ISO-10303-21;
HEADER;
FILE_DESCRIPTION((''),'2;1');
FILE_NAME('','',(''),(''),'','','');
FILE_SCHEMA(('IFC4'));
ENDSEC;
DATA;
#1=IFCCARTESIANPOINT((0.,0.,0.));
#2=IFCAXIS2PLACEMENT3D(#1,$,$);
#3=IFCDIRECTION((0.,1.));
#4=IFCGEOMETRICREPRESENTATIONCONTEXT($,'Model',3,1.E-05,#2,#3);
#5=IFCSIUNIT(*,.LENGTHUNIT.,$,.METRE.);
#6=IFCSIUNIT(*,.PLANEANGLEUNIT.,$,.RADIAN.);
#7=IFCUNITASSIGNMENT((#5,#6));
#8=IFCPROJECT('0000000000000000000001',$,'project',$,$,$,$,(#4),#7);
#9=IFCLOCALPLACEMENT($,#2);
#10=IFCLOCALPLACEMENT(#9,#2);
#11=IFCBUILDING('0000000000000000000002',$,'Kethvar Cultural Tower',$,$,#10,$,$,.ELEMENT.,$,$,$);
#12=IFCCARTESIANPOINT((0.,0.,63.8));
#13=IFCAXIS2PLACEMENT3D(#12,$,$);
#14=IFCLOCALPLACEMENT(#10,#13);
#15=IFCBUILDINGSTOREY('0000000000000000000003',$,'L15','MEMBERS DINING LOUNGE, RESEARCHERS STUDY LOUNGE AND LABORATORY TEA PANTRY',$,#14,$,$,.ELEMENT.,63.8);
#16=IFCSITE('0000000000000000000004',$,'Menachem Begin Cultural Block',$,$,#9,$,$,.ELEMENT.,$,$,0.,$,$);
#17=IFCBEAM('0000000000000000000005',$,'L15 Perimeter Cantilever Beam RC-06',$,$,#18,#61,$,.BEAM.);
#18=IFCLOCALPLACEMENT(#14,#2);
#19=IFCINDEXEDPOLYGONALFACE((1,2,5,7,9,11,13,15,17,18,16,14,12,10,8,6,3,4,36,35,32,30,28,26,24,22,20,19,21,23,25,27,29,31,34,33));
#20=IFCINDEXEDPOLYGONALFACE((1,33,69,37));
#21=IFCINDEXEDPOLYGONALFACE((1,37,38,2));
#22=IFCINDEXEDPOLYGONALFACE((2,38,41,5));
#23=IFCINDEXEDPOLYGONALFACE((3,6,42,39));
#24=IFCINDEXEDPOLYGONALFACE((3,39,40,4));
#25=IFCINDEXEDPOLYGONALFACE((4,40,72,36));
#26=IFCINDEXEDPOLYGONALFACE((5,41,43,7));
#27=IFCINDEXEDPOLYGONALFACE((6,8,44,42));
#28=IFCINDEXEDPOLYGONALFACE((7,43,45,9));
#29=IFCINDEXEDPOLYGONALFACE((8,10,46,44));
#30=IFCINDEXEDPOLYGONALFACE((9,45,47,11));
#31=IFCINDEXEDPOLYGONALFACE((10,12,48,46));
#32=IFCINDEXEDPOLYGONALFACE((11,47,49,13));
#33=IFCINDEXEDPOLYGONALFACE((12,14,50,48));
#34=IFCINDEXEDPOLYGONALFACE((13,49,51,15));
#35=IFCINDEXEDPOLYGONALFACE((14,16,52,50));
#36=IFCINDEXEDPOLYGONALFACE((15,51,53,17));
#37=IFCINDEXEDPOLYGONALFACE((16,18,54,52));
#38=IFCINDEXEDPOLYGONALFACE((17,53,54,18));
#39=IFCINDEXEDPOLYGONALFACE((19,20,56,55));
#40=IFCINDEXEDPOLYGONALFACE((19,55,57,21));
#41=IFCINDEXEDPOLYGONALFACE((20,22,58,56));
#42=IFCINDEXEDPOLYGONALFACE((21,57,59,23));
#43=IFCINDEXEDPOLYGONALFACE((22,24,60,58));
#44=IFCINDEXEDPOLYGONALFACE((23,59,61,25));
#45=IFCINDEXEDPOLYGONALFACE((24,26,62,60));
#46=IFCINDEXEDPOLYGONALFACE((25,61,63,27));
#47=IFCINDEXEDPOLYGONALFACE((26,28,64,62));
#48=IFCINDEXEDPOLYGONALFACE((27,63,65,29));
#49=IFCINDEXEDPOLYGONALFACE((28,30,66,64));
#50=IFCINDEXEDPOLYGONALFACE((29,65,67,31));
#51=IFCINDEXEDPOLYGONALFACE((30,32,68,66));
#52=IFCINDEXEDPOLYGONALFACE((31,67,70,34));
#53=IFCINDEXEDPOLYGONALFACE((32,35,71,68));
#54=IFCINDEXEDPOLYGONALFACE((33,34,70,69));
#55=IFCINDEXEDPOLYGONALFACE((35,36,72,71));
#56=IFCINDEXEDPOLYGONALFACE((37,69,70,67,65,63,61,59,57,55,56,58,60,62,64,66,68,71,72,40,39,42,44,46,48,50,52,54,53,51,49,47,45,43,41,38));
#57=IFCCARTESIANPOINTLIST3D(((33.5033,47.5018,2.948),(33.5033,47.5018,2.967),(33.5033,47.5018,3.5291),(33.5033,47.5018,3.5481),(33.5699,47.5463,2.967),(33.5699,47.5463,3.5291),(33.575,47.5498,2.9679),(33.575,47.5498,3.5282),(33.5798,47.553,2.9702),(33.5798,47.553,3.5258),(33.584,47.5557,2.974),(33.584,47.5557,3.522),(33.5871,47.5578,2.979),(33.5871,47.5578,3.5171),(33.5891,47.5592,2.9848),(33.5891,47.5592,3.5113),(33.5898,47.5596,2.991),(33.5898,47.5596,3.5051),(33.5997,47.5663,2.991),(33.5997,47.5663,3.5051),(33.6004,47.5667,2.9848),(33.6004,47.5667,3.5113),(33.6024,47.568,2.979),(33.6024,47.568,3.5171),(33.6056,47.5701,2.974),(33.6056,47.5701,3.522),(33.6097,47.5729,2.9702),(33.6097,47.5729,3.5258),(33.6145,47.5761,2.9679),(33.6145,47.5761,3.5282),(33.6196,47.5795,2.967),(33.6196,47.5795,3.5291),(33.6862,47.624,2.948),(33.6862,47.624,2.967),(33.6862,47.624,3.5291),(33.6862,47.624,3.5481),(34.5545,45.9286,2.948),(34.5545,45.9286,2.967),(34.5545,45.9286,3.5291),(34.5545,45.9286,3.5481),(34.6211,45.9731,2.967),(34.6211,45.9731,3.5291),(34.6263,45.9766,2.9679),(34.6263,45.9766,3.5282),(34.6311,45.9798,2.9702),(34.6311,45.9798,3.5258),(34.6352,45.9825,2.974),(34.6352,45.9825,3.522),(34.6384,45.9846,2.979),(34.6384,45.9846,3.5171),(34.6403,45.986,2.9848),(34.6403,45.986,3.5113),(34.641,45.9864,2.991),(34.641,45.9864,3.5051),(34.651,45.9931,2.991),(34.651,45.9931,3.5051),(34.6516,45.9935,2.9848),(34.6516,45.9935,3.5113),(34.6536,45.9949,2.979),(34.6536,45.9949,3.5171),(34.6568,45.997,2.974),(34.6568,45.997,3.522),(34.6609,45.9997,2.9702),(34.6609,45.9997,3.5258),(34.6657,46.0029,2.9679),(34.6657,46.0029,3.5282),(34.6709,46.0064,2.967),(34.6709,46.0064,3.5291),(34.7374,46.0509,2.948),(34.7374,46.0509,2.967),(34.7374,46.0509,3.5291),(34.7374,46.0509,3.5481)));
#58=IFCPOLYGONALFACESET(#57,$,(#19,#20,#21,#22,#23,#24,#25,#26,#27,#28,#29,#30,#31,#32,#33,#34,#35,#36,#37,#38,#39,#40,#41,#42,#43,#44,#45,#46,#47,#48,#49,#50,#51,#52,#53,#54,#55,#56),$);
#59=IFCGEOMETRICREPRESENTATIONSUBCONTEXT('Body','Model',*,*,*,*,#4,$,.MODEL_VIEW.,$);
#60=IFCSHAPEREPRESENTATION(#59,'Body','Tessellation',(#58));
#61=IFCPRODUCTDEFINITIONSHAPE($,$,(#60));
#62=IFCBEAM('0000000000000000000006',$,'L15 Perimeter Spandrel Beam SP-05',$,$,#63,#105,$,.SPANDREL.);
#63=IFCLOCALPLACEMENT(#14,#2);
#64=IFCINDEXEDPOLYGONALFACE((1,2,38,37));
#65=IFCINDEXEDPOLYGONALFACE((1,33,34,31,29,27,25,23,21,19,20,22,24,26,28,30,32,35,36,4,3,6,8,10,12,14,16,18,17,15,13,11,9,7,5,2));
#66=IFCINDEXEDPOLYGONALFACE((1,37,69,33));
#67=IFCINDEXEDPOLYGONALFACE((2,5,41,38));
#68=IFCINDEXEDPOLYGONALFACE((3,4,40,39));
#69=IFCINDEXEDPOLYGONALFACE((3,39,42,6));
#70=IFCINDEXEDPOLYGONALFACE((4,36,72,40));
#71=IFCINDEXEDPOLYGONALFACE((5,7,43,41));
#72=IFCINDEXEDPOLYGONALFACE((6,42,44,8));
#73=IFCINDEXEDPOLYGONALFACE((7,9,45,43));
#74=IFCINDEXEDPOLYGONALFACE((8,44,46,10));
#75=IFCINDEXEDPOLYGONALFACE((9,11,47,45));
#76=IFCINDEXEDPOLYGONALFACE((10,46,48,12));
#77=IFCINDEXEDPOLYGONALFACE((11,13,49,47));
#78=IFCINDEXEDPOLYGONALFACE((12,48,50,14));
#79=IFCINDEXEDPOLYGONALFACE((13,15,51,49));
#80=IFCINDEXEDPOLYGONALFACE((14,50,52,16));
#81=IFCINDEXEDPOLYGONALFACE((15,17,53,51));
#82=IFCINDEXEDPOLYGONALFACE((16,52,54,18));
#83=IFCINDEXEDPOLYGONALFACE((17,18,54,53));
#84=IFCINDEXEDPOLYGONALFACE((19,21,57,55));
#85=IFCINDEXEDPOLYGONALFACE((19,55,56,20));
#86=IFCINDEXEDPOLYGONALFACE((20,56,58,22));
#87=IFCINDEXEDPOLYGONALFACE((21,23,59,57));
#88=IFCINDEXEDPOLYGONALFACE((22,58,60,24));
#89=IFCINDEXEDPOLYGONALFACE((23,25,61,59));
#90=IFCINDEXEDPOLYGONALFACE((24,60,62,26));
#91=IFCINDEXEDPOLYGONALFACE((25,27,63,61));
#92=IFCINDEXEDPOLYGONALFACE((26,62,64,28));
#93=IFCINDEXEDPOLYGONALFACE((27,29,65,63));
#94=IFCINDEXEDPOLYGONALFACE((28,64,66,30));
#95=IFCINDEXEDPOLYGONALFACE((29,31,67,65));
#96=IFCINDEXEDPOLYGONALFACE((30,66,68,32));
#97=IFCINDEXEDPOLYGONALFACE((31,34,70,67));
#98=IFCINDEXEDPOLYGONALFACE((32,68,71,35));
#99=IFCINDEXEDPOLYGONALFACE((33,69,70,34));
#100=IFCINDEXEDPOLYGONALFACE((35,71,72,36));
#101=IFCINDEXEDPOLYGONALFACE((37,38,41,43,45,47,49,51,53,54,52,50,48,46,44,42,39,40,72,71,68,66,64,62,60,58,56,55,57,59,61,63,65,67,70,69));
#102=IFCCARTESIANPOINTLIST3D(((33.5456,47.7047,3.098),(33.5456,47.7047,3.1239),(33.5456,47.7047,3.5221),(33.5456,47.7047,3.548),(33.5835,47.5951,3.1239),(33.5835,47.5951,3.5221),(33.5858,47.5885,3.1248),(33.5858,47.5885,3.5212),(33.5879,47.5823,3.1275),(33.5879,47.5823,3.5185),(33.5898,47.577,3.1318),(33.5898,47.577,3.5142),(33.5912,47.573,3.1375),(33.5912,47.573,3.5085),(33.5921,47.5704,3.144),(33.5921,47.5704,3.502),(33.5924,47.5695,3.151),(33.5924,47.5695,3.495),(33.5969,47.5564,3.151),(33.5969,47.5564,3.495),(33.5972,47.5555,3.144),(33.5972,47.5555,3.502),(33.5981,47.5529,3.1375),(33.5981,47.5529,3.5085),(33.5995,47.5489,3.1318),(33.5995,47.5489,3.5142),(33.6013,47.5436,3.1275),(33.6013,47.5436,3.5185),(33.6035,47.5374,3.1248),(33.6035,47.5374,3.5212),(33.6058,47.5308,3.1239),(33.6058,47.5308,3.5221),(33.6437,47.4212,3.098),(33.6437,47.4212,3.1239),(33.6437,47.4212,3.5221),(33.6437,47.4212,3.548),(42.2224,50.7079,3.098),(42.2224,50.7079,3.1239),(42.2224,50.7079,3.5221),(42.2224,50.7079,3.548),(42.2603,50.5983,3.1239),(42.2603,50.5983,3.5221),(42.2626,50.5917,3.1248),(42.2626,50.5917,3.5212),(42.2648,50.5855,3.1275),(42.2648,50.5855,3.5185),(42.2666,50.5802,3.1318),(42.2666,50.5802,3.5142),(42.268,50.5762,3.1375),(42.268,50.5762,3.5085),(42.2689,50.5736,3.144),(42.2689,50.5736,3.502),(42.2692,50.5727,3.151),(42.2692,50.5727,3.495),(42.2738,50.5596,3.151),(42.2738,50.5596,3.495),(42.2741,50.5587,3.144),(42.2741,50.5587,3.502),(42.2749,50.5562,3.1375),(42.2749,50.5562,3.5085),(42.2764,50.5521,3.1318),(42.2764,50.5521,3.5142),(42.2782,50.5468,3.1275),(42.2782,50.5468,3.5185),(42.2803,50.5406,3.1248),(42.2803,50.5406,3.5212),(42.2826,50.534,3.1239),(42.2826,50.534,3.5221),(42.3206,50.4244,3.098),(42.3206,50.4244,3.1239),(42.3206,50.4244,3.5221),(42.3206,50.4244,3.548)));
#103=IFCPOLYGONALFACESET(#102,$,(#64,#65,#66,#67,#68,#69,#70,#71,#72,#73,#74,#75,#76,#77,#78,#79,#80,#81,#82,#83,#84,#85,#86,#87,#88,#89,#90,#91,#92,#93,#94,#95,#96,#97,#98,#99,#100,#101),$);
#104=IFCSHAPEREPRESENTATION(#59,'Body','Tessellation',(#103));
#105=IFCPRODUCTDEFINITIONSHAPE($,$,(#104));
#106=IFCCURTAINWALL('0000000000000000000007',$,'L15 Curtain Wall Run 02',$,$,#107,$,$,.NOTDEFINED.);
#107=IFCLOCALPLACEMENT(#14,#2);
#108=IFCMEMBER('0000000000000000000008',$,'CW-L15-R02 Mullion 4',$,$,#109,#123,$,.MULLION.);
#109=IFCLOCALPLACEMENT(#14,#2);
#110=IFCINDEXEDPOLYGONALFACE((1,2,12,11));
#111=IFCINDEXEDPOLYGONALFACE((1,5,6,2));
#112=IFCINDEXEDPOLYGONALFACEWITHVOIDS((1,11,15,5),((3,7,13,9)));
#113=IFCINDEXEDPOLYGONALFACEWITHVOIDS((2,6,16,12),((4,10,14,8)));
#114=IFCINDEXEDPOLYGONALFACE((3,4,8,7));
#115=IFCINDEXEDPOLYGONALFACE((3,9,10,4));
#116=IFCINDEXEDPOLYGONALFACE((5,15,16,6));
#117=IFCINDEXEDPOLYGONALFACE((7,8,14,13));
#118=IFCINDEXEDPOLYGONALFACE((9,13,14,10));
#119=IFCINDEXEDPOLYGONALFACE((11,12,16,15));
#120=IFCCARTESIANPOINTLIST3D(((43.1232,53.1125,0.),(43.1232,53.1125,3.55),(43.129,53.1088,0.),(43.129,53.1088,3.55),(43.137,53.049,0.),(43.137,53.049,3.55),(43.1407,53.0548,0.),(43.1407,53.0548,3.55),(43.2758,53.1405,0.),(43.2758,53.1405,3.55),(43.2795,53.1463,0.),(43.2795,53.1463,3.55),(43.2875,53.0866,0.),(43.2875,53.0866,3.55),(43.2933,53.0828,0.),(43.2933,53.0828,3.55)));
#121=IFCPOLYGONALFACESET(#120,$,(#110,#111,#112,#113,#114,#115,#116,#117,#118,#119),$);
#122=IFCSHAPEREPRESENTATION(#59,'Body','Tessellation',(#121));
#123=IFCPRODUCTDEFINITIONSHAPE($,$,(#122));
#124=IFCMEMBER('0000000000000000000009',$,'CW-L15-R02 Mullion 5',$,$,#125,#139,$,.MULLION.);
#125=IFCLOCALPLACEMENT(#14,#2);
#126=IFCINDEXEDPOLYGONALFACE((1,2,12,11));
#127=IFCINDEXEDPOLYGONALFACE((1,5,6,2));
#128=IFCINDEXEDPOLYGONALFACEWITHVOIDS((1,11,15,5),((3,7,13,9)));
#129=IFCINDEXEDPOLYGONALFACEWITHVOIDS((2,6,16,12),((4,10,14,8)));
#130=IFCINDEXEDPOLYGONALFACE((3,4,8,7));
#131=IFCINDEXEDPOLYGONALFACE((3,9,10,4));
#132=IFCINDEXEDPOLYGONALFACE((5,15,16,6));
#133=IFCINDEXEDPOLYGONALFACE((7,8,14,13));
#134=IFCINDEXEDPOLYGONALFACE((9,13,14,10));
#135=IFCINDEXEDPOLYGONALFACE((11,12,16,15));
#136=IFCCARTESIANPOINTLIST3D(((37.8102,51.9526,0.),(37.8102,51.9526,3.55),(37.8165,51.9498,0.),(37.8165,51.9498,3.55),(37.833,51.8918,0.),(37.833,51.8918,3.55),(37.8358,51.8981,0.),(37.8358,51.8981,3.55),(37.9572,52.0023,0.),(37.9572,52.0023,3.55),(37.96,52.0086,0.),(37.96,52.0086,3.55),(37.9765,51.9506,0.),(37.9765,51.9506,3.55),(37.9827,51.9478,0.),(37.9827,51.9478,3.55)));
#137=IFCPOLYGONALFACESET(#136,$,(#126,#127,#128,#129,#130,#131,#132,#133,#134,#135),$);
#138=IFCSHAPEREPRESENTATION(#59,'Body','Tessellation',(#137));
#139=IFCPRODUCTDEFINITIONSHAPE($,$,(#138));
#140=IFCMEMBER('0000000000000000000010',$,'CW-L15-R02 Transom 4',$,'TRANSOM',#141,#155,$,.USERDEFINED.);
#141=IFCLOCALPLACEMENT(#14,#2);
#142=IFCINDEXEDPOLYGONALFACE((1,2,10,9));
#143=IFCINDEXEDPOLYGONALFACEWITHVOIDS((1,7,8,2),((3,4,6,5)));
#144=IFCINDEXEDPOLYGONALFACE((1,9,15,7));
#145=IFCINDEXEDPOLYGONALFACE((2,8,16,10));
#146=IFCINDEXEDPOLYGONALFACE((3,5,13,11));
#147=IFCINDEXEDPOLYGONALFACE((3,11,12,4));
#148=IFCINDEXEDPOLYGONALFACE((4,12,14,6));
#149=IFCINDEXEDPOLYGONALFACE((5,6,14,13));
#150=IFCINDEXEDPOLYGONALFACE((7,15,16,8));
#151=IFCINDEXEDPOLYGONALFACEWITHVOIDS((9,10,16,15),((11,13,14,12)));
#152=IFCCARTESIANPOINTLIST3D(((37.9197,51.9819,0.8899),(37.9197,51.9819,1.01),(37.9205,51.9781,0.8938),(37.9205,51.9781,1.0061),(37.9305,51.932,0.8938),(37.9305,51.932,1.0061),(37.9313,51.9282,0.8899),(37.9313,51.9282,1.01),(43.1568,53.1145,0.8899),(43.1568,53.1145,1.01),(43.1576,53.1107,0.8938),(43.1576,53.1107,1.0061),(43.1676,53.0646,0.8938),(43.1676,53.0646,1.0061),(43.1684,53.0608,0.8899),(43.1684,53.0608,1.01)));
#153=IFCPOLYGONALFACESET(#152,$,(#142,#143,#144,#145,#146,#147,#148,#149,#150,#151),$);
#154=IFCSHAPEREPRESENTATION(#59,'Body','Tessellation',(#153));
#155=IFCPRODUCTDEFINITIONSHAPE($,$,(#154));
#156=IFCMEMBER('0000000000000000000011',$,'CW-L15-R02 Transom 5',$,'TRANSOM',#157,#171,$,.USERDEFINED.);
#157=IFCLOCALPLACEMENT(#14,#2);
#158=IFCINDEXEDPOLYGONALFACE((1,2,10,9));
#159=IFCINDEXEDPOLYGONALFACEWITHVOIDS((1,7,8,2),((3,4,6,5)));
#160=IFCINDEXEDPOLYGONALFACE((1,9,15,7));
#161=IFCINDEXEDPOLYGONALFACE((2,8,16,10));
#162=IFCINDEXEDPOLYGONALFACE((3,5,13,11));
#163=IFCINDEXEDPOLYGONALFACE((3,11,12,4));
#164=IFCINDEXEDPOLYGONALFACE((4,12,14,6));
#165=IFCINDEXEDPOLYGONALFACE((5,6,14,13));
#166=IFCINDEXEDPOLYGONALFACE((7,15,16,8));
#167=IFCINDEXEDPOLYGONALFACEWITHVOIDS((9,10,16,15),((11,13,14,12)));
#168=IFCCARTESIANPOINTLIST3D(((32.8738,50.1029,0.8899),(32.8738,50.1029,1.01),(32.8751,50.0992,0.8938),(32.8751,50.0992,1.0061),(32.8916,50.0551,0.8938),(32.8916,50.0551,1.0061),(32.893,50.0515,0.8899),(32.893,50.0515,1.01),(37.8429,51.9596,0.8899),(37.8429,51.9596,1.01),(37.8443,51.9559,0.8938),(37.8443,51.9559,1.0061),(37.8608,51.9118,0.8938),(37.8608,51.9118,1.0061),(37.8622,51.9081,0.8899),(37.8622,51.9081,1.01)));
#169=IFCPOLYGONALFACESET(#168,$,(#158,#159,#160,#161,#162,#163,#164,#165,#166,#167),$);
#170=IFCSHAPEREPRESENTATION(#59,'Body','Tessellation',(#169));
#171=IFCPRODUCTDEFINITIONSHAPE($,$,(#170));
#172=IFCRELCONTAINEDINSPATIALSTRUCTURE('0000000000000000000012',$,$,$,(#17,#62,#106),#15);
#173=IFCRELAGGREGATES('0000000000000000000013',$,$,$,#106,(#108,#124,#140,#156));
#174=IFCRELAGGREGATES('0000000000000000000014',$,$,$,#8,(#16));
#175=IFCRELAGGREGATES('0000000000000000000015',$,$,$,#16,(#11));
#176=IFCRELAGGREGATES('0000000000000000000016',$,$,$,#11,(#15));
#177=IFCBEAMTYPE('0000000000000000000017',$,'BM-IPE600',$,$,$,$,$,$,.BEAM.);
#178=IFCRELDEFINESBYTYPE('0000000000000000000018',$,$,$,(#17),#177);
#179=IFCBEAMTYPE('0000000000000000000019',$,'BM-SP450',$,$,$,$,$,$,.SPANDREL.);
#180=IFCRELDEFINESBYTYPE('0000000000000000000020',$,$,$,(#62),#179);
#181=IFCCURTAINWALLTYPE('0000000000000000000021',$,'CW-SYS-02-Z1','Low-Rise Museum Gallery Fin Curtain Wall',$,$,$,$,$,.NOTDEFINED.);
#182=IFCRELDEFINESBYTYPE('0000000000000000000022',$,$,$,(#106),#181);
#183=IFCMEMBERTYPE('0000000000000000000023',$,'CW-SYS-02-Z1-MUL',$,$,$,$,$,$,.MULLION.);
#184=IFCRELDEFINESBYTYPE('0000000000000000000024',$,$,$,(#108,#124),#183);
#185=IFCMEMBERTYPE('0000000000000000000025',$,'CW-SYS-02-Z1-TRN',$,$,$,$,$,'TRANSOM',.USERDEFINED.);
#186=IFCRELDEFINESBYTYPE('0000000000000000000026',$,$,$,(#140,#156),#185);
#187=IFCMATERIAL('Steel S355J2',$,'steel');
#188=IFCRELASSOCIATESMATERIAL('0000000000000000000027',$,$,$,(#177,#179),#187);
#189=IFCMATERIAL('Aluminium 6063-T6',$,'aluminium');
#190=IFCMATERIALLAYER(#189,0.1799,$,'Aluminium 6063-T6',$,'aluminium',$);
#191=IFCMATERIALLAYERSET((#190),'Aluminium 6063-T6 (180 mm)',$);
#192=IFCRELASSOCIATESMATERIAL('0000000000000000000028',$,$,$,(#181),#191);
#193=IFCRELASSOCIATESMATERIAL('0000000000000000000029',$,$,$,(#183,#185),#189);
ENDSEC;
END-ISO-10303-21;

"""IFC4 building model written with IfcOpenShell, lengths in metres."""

from ifc_helpers import new_model, si_unit, direction, frame, origin, origin_2d, place, context, subcontext, project, spatial, hollow_rectangle, i_section, extrude, source, transform, mapped, material, layer, layer_set, material_profile, profile_set, type_object, element, aggregate, save


model = new_model("IFC4")

# Units and contexts
model_context = context("Model", 3, precision=1e-05, world=origin(), true_north=direction((0.0, 1.0)))
body_context = subcontext(model_context, "Body", "Model", "MODEL_VIEW")
ifc_project = project(units=[si_unit("LENGTHUNIT", "METRE"), si_unit("PLANEANGLEUNIT", "RADIAN")], contexts=[model_context])

# Site, building, storey
site_placement = place(None, origin())
site = spatial("IfcSite", under=ifc_project, at=site_placement, Name="Menachem Begin Cultural Block", CompositionType="ELEMENT", RefElevation=0.0)
building_placement = place(site_placement, origin())
building = spatial("IfcBuilding", under=site, at=building_placement, Name="Kethvar Cultural Tower", CompositionType="ELEMENT")
storey_placement = place(building_placement, frame((0.0, 0.0, 63.8)))
storey = spatial("IfcBuildingStorey", under=building, at=storey_placement, Name="L15", Description="MEMBERS DINING LOUNGE, RESEARCHERS STUDY LOUNGE AND LABORATORY TEA PANTRY", CompositionType="ELEMENT", Elevation=63.8)

# Beams
ifc_material_1 = material(Name="Steel S355J2", Category="steel")
ifc_material_profile_1 = material_profile(ifc_material_1, i_section(OverallWidth=0.22, OverallDepth=0.6001, WebThickness=0.012, FlangeThickness=0.019, FilletRadius=0.0239, at=origin_2d()), Name="Steel S355J2 — IPE600")
ifc_profile_set_1 = profile_set([ifc_material_profile_1], Name="Steel S355J2 — IPE600")
beam_type_1 = type_object("IfcBeamType", Name="BM-IPE600", PredefinedType="BEAM", material=ifc_profile_set_1)
shared_shape_1 = source(origin(), body_context, "Body", "SweptSolid", [
    extrude(i_section(OverallWidth=0.22, OverallDepth=0.6001, WebThickness=0.012, FlangeThickness=0.019, FilletRadius=0.0239, at=origin_2d()), origin(), (0.0, 0.0, 1.0), 1.8921),
])
beam_1_placement = place(storey_placement, frame((34.646, 45.9897, 3.248), z_axis=(-0.555593, 0.831454, 0.0), x_axis=(-0.831454, -0.555593, 0.0)))
element("IfcBeam", 1, at=beam_1_placement, inside=storey, type_object=beam_type_1, Name="L15 Perimeter Cantilever Beam RC-06", PredefinedType="BEAM", context=body_context, shape_type="MappedRepresentation", body=[
    mapped(shared_shape_1, transform((0.0, 0.0, 0.0), scale=1.0)),
])
ifc_material_profile_2 = material_profile(ifc_material_1, i_section(OverallWidth=0.3, OverallDepth=0.45, WebThickness=0.0139, FlangeThickness=0.0259, FilletRadius=0.0271, at=origin_2d()), Name="Steel S355J2 — HEB450")
ifc_profile_set_2 = profile_set([ifc_material_profile_2], Name="Steel S355J2 — HEB450")
beam_type_2 = type_object("IfcBeamType", Name="BM-SP450", PredefinedType="SPANDREL", material=ifc_profile_set_2)
shared_shape_2 = source(origin(), body_context, "Body", "SweptSolid", [
    extrude(i_section(OverallWidth=0.3, OverallDepth=0.45, WebThickness=0.0139, FlangeThickness=0.0259, FilletRadius=0.0271, at=origin_2d()), origin(), (0.0, 0.0, 1.0), 9.1819),
])
beam_2_placement = place(storey_placement, frame((42.2715, 50.5662, 3.323), z_axis=(-0.944997, -0.32708, 0.0), x_axis=(0.32708, -0.944997, 0.0)))
element("IfcBeam", 2, at=beam_2_placement, inside=storey, type_object=beam_type_2, Name="L15 Perimeter Spandrel Beam SP-05", PredefinedType="SPANDREL", context=body_context, shape_type="MappedRepresentation", body=[
    mapped(shared_shape_2, transform((0.0, 0.0, 0.0), scale=1.0)),
])

# Curtain wall, members
ifc_material_2 = material(Name="Aluminium 6063-T6", Category="aluminium")
ifc_layer_1 = layer(ifc_material_2, 0.1799, Name="Aluminium 6063-T6", Category="aluminium")
ifc_layer_set_1 = layer_set([ifc_layer_1], Name="Aluminium 6063-T6 (180 mm)")
curtain_wall_type = type_object("IfcCurtainWallType", Name="CW-SYS-02-Z1", Description="Low-Rise Museum Gallery Fin Curtain Wall", PredefinedType="NOTDEFINED", material=ifc_layer_set_1)
curtain_wall_placement = place(storey_placement, origin())
curtain_wall = element("IfcCurtainWall", 3, at=curtain_wall_placement, inside=storey, type_object=curtain_wall_type, Name="L15 Curtain Wall Run 02", PredefinedType="NOTDEFINED")
ifc_material_profile_3 = material_profile(ifc_material_2, hollow_rectangle(XDim=0.0649, YDim=0.1599, WallThickness=0.0049, at=origin_2d()), Name="Aluminium 6063-T6 — RHS160x65x5")
ifc_profile_set_3 = profile_set([ifc_material_profile_3], Name="Aluminium 6063-T6 — RHS160x65x5")
member_type_1 = type_object("IfcMemberType", Name="CW-SYS-02-Z1-MUL", PredefinedType="MULLION", material=ifc_profile_set_3)
shared_shape_3 = source(origin(), body_context, "Body", "SweptSolid", [
    extrude(hollow_rectangle(XDim=0.0649, YDim=0.1599, WallThickness=0.0049, at=origin_2d()), origin(), (0.0, 0.0, 1.0), 3.55),
])
member_1_placement = place(storey_placement, frame((43.2083, 53.0977, 0.0), z_axis=(0.0, 0.0, 1.0), x_axis=(0.211359, -0.977409, 0.0)))
member_1 = element("IfcMember", 4, at=member_1_placement, type_object=member_type_1, Name="CW-L15-R02 Mullion 4", PredefinedType="MULLION", context=body_context, shape_type="MappedRepresentation", body=[
    mapped(shared_shape_3, transform((0.0, 0.0, 0.0), scale=1.0)),
])
member_2_placement = place(storey_placement, frame((37.8965, 51.9502, 0.0), z_axis=(0.0, 0.0, 1.0), x_axis=(0.350011, -0.936746, 0.0)))
member_2 = element("IfcMember", 5, at=member_2_placement, type_object=member_type_1, Name="CW-L15-R02 Mullion 5", PredefinedType="MULLION", context=body_context, shape_type="MappedRepresentation", body=[
    mapped(shared_shape_3, transform((0.0, 0.0, 0.0), scale=1.0)),
])
ifc_material_profile_4 = material_profile(ifc_material_2, hollow_rectangle(XDim=0.0549, YDim=0.1201, WallThickness=0.0039, at=origin_2d()), Name="Aluminium 6063-T6 — RHS120x55x4")
ifc_profile_set_4 = profile_set([ifc_material_profile_4], Name="Aluminium 6063-T6 — RHS120x55x4")
member_type_2 = type_object("IfcMemberType", Name="CW-SYS-02-Z1-TRN", ElementType="TRANSOM", PredefinedType="USERDEFINED", material=ifc_profile_set_4)
shared_shape_4 = source(origin(), body_context, "Body", "SweptSolid", [
    extrude(hollow_rectangle(XDim=0.0549, YDim=0.1201, WallThickness=0.0039, at=origin_2d()), origin(), (0.0, 0.0, 1.0), 5.3582),
])
member_3_placement = place(storey_placement, frame((43.1626, 53.0876, 0.95), z_axis=(-0.977405, -0.211374, 0.0), x_axis=(0.211374, -0.977405, 0.0)))
member_3 = element("IfcMember", 6, at=member_3_placement, type_object=member_type_2, Name="CW-L15-R02 Transom 4", ObjectType="TRANSOM", PredefinedType="USERDEFINED", context=body_context, shape_type="MappedRepresentation", body=[
    mapped(shared_shape_4, transform((0.0, 0.0, 0.0), scale=1.0)),
])
shared_shape_5 = source(origin(), body_context, "Body", "SweptSolid", [
    extrude(hollow_rectangle(XDim=0.0549, YDim=0.1201, WallThickness=0.0039, at=origin_2d()), origin(), (0.0, 0.0, 1.0), 5.3047),
])
member_4_placement = place(storey_placement, frame((37.8525, 51.9338, 0.95), z_axis=(-0.936748, -0.350004, 0.0), x_axis=(0.350004, -0.936748, 0.0)))
member_4 = element("IfcMember", 7, at=member_4_placement, type_object=member_type_2, Name="CW-L15-R02 Transom 5", ObjectType="TRANSOM", PredefinedType="USERDEFINED", context=body_context, shape_type="MappedRepresentation", body=[
    mapped(shared_shape_5, transform((0.0, 0.0, 0.0), scale=1.0)),
])
aggregate(curtain_wall, [member_1, member_2, member_3, member_4])

save(model, "model.ifc")
